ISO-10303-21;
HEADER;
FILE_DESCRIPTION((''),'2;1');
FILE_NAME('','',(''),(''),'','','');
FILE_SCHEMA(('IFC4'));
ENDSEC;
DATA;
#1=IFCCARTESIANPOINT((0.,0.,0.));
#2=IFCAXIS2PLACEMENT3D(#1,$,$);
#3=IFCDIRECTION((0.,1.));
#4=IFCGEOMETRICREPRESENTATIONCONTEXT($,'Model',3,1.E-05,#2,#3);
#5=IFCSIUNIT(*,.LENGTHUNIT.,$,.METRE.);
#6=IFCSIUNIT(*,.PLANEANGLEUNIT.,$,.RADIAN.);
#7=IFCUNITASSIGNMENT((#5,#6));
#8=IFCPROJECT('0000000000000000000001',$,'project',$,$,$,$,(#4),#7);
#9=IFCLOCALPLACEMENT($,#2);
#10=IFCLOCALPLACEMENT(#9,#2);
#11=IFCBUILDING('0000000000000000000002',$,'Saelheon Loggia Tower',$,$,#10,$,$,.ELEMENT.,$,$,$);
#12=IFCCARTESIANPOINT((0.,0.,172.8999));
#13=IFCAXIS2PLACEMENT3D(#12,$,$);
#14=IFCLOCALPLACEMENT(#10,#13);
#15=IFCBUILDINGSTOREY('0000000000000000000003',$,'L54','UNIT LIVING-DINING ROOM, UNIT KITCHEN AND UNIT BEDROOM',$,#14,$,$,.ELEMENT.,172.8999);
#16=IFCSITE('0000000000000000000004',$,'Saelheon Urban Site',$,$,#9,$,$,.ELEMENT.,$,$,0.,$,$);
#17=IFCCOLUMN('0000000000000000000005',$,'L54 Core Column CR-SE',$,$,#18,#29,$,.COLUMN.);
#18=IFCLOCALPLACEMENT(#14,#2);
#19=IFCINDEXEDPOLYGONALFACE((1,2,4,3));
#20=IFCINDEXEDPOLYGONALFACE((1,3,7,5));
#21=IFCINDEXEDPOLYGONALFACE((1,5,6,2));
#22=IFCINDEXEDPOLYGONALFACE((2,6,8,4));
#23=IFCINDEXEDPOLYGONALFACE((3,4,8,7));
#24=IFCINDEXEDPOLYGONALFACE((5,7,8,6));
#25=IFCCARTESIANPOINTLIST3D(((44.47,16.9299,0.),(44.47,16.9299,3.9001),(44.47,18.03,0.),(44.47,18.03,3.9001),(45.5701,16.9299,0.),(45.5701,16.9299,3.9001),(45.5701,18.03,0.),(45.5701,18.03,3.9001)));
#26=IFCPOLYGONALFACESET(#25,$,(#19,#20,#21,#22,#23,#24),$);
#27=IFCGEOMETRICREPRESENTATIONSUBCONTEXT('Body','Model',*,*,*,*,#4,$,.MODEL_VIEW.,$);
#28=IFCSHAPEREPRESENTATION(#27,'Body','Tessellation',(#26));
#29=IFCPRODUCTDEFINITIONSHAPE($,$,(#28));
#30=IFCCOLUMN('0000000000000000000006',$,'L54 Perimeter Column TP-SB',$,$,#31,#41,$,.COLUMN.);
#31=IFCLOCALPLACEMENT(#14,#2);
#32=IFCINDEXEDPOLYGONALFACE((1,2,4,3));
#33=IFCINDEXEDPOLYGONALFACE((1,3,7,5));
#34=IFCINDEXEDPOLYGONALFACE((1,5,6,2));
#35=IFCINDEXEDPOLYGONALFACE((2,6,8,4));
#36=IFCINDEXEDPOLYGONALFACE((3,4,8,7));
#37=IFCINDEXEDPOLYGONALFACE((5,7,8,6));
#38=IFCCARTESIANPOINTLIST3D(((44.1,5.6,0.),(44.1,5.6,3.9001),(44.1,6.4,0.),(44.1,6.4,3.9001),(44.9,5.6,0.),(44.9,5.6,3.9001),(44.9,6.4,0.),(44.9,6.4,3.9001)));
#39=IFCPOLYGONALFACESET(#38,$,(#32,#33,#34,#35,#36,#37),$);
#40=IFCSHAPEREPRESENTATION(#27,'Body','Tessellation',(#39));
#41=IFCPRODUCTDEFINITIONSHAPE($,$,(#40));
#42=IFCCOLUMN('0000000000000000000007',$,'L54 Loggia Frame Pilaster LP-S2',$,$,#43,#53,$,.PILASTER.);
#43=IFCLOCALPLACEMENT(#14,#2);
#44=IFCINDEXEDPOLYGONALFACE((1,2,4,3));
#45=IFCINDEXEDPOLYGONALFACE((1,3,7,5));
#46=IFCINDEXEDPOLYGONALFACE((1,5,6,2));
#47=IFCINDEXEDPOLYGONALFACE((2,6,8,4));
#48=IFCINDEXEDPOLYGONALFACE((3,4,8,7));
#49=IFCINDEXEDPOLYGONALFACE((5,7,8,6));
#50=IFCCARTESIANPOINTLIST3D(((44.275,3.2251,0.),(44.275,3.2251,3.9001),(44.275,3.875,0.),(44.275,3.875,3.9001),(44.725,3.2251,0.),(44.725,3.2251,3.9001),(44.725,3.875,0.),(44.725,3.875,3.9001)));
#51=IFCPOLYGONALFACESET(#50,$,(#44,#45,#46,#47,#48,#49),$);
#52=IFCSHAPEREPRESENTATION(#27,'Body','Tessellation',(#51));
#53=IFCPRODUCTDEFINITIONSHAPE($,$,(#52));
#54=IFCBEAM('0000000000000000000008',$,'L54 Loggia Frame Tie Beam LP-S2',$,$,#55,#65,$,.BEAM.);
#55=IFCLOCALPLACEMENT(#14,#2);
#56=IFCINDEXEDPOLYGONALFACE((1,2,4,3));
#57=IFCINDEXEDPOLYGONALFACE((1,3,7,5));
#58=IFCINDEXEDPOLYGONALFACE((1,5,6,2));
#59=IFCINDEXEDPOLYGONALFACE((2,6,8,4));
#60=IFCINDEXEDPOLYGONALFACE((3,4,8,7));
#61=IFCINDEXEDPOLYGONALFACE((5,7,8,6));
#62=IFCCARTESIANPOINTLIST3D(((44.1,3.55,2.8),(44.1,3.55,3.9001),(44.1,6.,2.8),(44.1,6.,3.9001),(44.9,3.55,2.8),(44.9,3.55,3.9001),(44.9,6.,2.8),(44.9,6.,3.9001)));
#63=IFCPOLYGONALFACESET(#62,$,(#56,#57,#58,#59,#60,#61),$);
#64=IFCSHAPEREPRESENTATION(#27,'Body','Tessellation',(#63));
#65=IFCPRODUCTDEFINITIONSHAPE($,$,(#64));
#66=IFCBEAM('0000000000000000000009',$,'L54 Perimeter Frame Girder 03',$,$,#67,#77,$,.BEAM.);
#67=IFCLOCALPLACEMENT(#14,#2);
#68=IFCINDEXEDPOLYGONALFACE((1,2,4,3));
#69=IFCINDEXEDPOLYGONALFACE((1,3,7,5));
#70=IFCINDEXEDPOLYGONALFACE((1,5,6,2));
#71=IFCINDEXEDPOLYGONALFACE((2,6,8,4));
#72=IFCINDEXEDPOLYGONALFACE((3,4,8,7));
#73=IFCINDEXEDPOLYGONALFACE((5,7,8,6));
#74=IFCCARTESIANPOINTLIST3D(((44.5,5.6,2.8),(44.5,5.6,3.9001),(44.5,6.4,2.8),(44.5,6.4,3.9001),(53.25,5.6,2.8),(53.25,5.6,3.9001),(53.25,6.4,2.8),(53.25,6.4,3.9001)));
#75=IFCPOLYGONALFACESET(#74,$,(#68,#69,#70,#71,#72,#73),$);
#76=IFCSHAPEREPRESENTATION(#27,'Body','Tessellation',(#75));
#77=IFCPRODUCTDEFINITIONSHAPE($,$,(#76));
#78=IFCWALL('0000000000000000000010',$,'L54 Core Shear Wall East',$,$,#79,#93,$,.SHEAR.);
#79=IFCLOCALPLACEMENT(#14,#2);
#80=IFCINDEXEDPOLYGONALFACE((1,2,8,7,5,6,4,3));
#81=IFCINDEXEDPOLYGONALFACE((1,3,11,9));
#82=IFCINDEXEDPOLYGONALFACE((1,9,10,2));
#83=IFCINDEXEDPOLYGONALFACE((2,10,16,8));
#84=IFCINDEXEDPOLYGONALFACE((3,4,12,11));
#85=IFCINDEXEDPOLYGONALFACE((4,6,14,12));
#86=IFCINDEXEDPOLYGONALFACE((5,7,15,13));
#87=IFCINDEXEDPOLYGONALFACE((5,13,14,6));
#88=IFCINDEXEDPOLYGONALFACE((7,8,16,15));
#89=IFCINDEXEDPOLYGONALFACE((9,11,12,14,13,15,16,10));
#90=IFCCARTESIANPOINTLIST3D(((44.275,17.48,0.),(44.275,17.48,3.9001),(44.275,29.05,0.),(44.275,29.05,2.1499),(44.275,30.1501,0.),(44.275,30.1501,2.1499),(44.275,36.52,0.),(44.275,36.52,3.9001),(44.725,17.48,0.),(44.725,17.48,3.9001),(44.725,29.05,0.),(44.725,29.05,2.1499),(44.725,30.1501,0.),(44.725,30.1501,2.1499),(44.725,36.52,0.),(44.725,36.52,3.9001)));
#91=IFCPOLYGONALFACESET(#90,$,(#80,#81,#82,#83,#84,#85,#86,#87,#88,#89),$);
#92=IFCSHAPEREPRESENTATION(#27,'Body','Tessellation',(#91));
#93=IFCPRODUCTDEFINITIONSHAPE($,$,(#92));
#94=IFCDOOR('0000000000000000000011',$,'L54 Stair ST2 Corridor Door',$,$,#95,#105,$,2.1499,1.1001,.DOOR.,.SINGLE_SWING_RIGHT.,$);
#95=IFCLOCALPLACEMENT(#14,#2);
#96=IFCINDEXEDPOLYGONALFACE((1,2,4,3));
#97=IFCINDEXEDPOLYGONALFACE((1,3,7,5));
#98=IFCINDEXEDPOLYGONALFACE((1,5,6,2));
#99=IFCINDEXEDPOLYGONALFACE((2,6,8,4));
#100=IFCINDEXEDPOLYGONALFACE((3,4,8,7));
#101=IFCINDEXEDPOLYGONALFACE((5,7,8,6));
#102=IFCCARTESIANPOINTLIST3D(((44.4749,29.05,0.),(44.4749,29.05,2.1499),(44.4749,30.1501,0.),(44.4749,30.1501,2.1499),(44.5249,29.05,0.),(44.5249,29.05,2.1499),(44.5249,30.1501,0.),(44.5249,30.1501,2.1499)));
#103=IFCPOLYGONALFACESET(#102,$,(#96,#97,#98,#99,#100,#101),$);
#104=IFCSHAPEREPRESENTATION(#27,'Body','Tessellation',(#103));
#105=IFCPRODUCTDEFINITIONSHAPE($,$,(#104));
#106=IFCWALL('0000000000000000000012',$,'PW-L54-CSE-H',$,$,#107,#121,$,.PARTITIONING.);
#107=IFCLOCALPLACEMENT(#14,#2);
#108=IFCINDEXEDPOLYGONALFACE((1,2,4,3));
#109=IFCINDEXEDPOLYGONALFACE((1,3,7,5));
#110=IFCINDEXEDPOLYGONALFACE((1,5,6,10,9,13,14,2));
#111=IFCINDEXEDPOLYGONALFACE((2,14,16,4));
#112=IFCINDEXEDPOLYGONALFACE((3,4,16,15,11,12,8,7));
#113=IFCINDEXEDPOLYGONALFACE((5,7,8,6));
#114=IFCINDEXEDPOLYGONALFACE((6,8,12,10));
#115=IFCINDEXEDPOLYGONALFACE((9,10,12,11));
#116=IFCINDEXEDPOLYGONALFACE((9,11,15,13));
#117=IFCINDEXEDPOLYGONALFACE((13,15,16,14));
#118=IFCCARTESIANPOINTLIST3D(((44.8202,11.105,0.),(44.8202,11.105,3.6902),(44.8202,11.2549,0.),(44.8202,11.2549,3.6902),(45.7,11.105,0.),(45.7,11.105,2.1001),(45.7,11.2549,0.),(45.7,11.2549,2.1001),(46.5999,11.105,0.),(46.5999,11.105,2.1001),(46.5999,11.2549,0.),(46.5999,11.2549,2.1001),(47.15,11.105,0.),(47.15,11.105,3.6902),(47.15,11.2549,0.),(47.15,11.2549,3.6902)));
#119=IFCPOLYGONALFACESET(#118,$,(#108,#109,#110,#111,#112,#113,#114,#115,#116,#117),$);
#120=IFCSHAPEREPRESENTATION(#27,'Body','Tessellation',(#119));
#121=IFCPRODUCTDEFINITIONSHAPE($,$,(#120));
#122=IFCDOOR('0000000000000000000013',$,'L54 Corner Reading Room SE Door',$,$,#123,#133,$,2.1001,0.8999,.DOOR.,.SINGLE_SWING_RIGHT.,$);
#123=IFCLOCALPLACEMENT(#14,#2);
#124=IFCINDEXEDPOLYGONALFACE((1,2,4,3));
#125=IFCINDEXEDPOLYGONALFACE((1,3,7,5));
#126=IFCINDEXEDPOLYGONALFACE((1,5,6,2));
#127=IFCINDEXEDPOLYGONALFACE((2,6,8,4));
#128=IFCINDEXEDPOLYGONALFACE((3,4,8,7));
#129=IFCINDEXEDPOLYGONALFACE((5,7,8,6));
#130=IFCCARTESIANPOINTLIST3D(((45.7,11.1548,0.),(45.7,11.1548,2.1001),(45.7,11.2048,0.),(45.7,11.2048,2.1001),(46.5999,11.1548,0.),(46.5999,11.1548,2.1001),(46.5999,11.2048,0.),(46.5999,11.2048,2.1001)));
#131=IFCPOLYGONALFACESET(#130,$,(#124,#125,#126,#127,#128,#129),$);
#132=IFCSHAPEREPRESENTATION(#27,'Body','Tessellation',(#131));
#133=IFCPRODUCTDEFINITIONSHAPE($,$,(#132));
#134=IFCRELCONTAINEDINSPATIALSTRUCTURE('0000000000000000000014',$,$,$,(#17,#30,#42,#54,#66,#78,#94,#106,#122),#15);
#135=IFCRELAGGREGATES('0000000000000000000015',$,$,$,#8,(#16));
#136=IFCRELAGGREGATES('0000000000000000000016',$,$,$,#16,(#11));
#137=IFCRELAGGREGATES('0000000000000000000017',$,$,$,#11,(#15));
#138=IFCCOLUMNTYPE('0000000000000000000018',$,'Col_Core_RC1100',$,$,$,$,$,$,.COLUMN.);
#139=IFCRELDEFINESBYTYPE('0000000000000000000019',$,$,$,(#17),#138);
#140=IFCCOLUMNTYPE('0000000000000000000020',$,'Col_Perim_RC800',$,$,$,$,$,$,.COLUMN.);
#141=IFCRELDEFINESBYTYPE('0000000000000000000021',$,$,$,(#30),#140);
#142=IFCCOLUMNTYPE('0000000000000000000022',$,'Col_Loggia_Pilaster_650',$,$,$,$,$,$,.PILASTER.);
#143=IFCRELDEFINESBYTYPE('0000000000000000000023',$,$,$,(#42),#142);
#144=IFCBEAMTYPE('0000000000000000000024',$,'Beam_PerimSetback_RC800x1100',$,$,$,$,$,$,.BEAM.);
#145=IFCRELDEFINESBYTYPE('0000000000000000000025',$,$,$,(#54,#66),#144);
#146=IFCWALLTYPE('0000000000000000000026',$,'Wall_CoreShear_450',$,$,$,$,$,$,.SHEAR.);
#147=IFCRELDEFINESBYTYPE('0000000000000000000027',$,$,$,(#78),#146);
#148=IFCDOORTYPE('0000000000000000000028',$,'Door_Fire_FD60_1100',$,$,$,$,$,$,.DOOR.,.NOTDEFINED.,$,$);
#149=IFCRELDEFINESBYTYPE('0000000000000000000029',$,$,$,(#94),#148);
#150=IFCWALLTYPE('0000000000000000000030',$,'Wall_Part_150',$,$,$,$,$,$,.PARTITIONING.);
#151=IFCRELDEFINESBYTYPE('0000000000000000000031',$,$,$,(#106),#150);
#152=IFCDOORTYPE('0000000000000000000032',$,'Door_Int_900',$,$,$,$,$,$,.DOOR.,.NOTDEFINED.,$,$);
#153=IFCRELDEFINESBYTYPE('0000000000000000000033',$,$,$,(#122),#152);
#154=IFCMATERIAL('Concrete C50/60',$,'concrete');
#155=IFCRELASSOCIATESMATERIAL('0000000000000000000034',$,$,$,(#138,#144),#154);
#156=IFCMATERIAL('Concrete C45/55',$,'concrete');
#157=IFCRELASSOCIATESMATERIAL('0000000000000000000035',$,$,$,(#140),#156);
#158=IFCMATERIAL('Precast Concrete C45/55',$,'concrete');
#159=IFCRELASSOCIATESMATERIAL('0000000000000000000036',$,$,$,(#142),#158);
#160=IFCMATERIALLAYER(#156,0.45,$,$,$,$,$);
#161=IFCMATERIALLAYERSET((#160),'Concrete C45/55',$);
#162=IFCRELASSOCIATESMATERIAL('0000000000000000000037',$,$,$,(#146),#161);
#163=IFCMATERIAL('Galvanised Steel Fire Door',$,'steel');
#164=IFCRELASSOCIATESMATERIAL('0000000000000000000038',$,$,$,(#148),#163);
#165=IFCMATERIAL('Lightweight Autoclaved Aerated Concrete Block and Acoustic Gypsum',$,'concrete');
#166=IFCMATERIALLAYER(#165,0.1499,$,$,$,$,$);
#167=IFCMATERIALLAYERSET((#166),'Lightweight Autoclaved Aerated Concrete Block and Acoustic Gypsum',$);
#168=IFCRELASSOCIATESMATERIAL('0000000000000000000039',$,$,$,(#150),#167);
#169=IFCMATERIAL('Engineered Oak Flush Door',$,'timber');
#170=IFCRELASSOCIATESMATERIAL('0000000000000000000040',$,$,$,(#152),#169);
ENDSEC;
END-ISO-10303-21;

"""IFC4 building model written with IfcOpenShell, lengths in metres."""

from ifc_helpers import new_model, si_unit, direction, frame, frame_2d, origin, origin_2d, place, context, subcontext, project, spatial, rectangle, extrude, source, transform, mapped, material, layer, layer_set, material_profile, profile_set, type_object, element, fill, save


model = new_model("IFC4")

# Units and contexts
model_context = context("Model", 3, precision=1e-05, world=origin(), true_north=direction((0.0, 1.0)))
body_context = subcontext(model_context, "Body", "Model", "MODEL_VIEW")
ifc_project = project(units=[si_unit("LENGTHUNIT", "METRE"), si_unit("PLANEANGLEUNIT", "RADIAN")], contexts=[model_context])

# Site, building, storey
site_placement = place(None, origin())
site = spatial("IfcSite", under=ifc_project, at=site_placement, Name="Saelheon Urban Site", CompositionType="ELEMENT", RefElevation=0.0)
building_placement = place(site_placement, origin())
building = spatial("IfcBuilding", under=site, at=building_placement, Name="Saelheon Loggia Tower", CompositionType="ELEMENT")
storey_placement = place(building_placement, frame((0.0, 0.0, 172.8999)))
storey = spatial("IfcBuildingStorey", under=building, at=storey_placement, Name="L54", Description="UNIT LIVING-DINING ROOM, UNIT KITCHEN AND UNIT BEDROOM", CompositionType="ELEMENT", Elevation=172.8999)

# Columns
ifc_material_1 = material(Name="Concrete C50/60", Category="concrete")
ifc_material_profile_1 = material_profile(ifc_material_1, rectangle(XDim=1.1001, YDim=1.1001, at=origin_2d()), Name="RC-1100x1100")
ifc_profile_set_1 = profile_set([ifc_material_profile_1], Name="Concrete C50/60")
column_type_1 = type_object("IfcColumnType", Name="Col_Core_RC1100", PredefinedType="COLUMN", material=ifc_profile_set_1)
shared_shape_1 = source(origin(), body_context, "Body", "SweptSolid", [
    extrude(rectangle(XDim=1.1001, YDim=1.1001, at=origin_2d()), origin(), (0.0, 0.0, 1.0), 3.9001),
])
column_1_placement = place(storey_placement, frame((45.02, 17.48, 0.0), z_axis=(0.0, 0.0, 1.0), x_axis=(1.0, 0.0, 0.0)))
element("IfcColumn", 1, at=column_1_placement, inside=storey, type_object=column_type_1, Name="L54 Core Column CR-SE", PredefinedType="COLUMN", context=body_context, shape_type="MappedRepresentation", body=[
    mapped(shared_shape_1, transform((0.0, 0.0, 0.0), scale=1.0)),
])
ifc_material_2 = material(Name="Concrete C45/55", Category="concrete")
ifc_material_profile_2 = material_profile(ifc_material_2, rectangle(XDim=0.8, YDim=0.8, at=origin_2d()), Name="RC-800x800")
ifc_profile_set_2 = profile_set([ifc_material_profile_2], Name="Concrete C45/55")
column_type_2 = type_object("IfcColumnType", Name="Col_Perim_RC800", PredefinedType="COLUMN", material=ifc_profile_set_2)
shared_shape_2 = source(origin(), body_context, "Body", "SweptSolid", [
    extrude(rectangle(XDim=0.8, YDim=0.8, at=origin_2d()), origin(), (0.0, 0.0, 1.0), 3.9001),
])
column_2_placement = place(storey_placement, frame((44.5, 6.0, 0.0), z_axis=(0.0, 0.0, 1.0), x_axis=(1.0, 0.0, 0.0)))
element("IfcColumn", 2, at=column_2_placement, inside=storey, type_object=column_type_2, Name="L54 Perimeter Column TP-SB", PredefinedType="COLUMN", context=body_context, shape_type="MappedRepresentation", body=[
    mapped(shared_shape_2, transform((0.0, 0.0, 0.0), scale=1.0)),
])
ifc_material_3 = material(Name="Precast Concrete C45/55", Category="concrete")
ifc_material_profile_3 = material_profile(ifc_material_3, rectangle(XDim=0.45, YDim=0.6499, at=origin_2d()), Name="RC-450x650")
ifc_profile_set_3 = profile_set([ifc_material_profile_3], Name="Precast Concrete C45/55")
column_type_3 = type_object("IfcColumnType", Name="Col_Loggia_Pilaster_650", PredefinedType="PILASTER", material=ifc_profile_set_3)
shared_shape_3 = source(origin(), body_context, "Body", "SweptSolid", [
    extrude(rectangle(XDim=0.45, YDim=0.6499, at=origin_2d()), origin(), (0.0, 0.0, 1.0), 3.9001),
])
column_3_placement = place(storey_placement, frame((44.5, 3.55, 0.0), z_axis=(0.0, 0.0, 1.0), x_axis=(1.0, 0.0, 0.0)))
element("IfcColumn", 3, at=column_3_placement, inside=storey, type_object=column_type_3, Name="L54 Loggia Frame Pilaster LP-S2", PredefinedType="PILASTER", context=body_context, shape_type="MappedRepresentation", body=[
    mapped(shared_shape_3, transform((0.0, 0.0, 0.0), scale=1.0)),
])

# Beams
ifc_material_profile_4 = material_profile(ifc_material_1, rectangle(XDim=0.8, YDim=1.1001, at=origin_2d()), Name="RC-800x1100")
ifc_profile_set_4 = profile_set([ifc_material_profile_4], Name="Concrete C50/60")
beam_type = type_object("IfcBeamType", Name="Beam_PerimSetback_RC800x1100", PredefinedType="BEAM", material=ifc_profile_set_4)
shared_shape_4 = source(origin(), body_context, "Body", "SweptSolid", [
    extrude(rectangle(XDim=0.8, YDim=1.1001, at=origin_2d()), origin(), (0.0, 0.0, 1.0), 2.45),
])
beam_1_placement = place(storey_placement, frame((44.5, 6.0, 3.3501), z_axis=(0.0, -1.0, 0.0), x_axis=(1.0, 0.0, 0.0)))
element("IfcBeam", 4, at=beam_1_placement, inside=storey, type_object=beam_type, Name="L54 Loggia Frame Tie Beam LP-S2", PredefinedType="BEAM", context=body_context, shape_type="MappedRepresentation", body=[
    mapped(shared_shape_4, transform((0.0, 0.0, 0.0), scale=1.0)),
])
shared_shape_5 = source(origin(), body_context, "Body", "SweptSolid", [
    extrude(rectangle(XDim=0.8, YDim=1.1001, at=origin_2d()), origin(), (0.0, 0.0, 1.0), 8.75),
])
beam_2_placement = place(storey_placement, frame((44.5, 6.0, 3.3501), z_axis=(1.0, 0.0, 0.0), x_axis=(0.0, 1.0, 0.0)))
element("IfcBeam", 5, at=beam_2_placement, inside=storey, type_object=beam_type, Name="L54 Perimeter Frame Girder 03", PredefinedType="BEAM", context=body_context, shape_type="MappedRepresentation", body=[
    mapped(shared_shape_5, transform((0.0, 0.0, 0.0), scale=1.0)),
])

# Walls, openings, doors
ifc_layer_1 = layer(ifc_material_2, 0.45)
ifc_layer_set_1 = layer_set([ifc_layer_1], Name="Concrete C45/55")
wall_type_1 = type_object("IfcWallType", Name="Wall_CoreShear_450", PredefinedType="SHEAR", material=ifc_layer_set_1)
wall_1_placement = place(storey_placement, frame((44.5, 17.48, 0.0), z_axis=(0.0, 0.0, 1.0), x_axis=(0.0, 1.0, 0.0)))
wall_1 = element("IfcWall", 6, at=wall_1_placement, inside=storey, type_object=wall_type_1, Name="L54 Core Shear Wall East", PredefinedType="SHEAR", context=body_context, shape_type="SweptSolid", body=[
    extrude(rectangle(XDim=19.04, YDim=0.45, at=frame_2d((9.52, 0.0))), origin(), (0.0, 0.0, 1.0), 3.9001),
])
opening_1_placement = place(wall_1_placement, frame((12.6702, 0.0, 0.0), z_axis=(0.0, 0.0, 1.0), x_axis=(-1.0, 0.0, 0.0)))
opening_1 = element("IfcOpeningElement", 7, at=opening_1_placement, cuts=wall_1, PredefinedType="OPENING", context=body_context, shape_type="SweptSolid", body=[
    extrude(rectangle(XDim=1.1001, YDim=2.1499, at=frame_2d((0.55, 1.075))), frame((0.0, 0.2371, 0.0), z_axis=(0.0, -1.0, 0.0), x_axis=(1.0, 0.0, 0.0)), (0.0, 0.0, 1.0), 0.4739),
])
ifc_material_4 = material(Name="Galvanised Steel Fire Door", Category="steel")
door_type_1 = type_object("IfcDoorType", Name="Door_Fire_FD60_1100", OperationType="NOTDEFINED", PredefinedType="DOOR", material=ifc_material_4)
shared_shape_6 = source(origin(), body_context, "Body", "SweptSolid", [
    extrude(rectangle(XDim=1.1001, YDim=2.1499, at=frame_2d((0.55, 1.075))), frame((0.0, 0.0249, 0.0), z_axis=(0.0, -1.0, 0.0), x_axis=(1.0, 0.0, 0.0)), (0.0, 0.0, 1.0), 0.05),
])
door_1_placement = place(opening_1_placement, origin())
door_1 = element("IfcDoor", 8, at=door_1_placement, inside=storey, type_object=door_type_1, Name="L54 Stair ST2 Corridor Door", OperationType="SINGLE_SWING_RIGHT", OverallHeight=2.1499, OverallWidth=1.1001, PredefinedType="DOOR", context=body_context, shape_type="MappedRepresentation", body=[
    mapped(shared_shape_6, transform((0.0, 0.0, 0.0), scale=1.0)),
])
fill(opening_1, door_1)
ifc_material_5 = material(Name="Lightweight Autoclaved Aerated Concrete Block and Acoustic Gypsum", Category="concrete")
ifc_layer_2 = layer(ifc_material_5, 0.1499)
ifc_layer_set_2 = layer_set([ifc_layer_2], Name="Lightweight Autoclaved Aerated Concrete Block and Acoustic Gypsum")
wall_type_2 = type_object("IfcWallType", Name="Wall_Part_150", PredefinedType="PARTITIONING", material=ifc_layer_set_2)
wall_2_placement = place(storey_placement, frame((44.8201, 11.1799, 0.0), z_axis=(0.0, 0.0, 1.0), x_axis=(1.0, 0.0, 0.0)))
wall_2 = element("IfcWall", 9, at=wall_2_placement, inside=storey, type_object=wall_type_2, Name="PW-L54-CSE-H", PredefinedType="PARTITIONING", context=body_context, shape_type="SweptSolid", body=[
    extrude(rectangle(XDim=2.3298, YDim=0.1499, at=frame_2d((1.165, 0.0))), origin(), (0.0, 0.0, 1.0), 3.6902),
])
opening_2_placement = place(wall_2_placement, frame((0.8799, 0.0, 0.0)))
opening_2 = element("IfcOpeningElement", 10, at=opening_2_placement, cuts=wall_2, PredefinedType="OPENING", context=body_context, shape_type="SweptSolid", body=[
    extrude(rectangle(XDim=0.8999, YDim=2.1001, at=frame_2d((0.45, 1.05))), frame((0.0, 0.0869, 0.0), z_axis=(0.0, -1.0, 0.0), x_axis=(1.0, 0.0, 0.0)), (0.0, 0.0, 1.0), 0.1738),
])
ifc_material_6 = material(Name="Engineered Oak Flush Door", Category="timber")
door_type_2 = type_object("IfcDoorType", Name="Door_Int_900", OperationType="NOTDEFINED", PredefinedType="DOOR", material=ifc_material_6)
shared_shape_7 = source(origin(), body_context, "Body", "SweptSolid", [
    extrude(rectangle(XDim=0.8999, YDim=2.1001, at=frame_2d((0.45, 1.05))), frame((0.0, 0.0249, 0.0), z_axis=(0.0, -1.0, 0.0), x_axis=(1.0, 0.0, 0.0)), (0.0, 0.0, 1.0), 0.05),
])
door_2_placement = place(opening_2_placement, origin())
door_2 = element("IfcDoor", 11, at=door_2_placement, inside=storey, type_object=door_type_2, Name="L54 Corner Reading Room SE Door", OperationType="SINGLE_SWING_RIGHT", OverallHeight=2.1001, OverallWidth=0.8999, PredefinedType="DOOR", context=body_context, shape_type="MappedRepresentation", body=[
    mapped(shared_shape_7, transform((0.0, 0.0, 0.0), scale=1.0)),
])
fill(opening_2, door_2)

save(model, "model.ifc")
